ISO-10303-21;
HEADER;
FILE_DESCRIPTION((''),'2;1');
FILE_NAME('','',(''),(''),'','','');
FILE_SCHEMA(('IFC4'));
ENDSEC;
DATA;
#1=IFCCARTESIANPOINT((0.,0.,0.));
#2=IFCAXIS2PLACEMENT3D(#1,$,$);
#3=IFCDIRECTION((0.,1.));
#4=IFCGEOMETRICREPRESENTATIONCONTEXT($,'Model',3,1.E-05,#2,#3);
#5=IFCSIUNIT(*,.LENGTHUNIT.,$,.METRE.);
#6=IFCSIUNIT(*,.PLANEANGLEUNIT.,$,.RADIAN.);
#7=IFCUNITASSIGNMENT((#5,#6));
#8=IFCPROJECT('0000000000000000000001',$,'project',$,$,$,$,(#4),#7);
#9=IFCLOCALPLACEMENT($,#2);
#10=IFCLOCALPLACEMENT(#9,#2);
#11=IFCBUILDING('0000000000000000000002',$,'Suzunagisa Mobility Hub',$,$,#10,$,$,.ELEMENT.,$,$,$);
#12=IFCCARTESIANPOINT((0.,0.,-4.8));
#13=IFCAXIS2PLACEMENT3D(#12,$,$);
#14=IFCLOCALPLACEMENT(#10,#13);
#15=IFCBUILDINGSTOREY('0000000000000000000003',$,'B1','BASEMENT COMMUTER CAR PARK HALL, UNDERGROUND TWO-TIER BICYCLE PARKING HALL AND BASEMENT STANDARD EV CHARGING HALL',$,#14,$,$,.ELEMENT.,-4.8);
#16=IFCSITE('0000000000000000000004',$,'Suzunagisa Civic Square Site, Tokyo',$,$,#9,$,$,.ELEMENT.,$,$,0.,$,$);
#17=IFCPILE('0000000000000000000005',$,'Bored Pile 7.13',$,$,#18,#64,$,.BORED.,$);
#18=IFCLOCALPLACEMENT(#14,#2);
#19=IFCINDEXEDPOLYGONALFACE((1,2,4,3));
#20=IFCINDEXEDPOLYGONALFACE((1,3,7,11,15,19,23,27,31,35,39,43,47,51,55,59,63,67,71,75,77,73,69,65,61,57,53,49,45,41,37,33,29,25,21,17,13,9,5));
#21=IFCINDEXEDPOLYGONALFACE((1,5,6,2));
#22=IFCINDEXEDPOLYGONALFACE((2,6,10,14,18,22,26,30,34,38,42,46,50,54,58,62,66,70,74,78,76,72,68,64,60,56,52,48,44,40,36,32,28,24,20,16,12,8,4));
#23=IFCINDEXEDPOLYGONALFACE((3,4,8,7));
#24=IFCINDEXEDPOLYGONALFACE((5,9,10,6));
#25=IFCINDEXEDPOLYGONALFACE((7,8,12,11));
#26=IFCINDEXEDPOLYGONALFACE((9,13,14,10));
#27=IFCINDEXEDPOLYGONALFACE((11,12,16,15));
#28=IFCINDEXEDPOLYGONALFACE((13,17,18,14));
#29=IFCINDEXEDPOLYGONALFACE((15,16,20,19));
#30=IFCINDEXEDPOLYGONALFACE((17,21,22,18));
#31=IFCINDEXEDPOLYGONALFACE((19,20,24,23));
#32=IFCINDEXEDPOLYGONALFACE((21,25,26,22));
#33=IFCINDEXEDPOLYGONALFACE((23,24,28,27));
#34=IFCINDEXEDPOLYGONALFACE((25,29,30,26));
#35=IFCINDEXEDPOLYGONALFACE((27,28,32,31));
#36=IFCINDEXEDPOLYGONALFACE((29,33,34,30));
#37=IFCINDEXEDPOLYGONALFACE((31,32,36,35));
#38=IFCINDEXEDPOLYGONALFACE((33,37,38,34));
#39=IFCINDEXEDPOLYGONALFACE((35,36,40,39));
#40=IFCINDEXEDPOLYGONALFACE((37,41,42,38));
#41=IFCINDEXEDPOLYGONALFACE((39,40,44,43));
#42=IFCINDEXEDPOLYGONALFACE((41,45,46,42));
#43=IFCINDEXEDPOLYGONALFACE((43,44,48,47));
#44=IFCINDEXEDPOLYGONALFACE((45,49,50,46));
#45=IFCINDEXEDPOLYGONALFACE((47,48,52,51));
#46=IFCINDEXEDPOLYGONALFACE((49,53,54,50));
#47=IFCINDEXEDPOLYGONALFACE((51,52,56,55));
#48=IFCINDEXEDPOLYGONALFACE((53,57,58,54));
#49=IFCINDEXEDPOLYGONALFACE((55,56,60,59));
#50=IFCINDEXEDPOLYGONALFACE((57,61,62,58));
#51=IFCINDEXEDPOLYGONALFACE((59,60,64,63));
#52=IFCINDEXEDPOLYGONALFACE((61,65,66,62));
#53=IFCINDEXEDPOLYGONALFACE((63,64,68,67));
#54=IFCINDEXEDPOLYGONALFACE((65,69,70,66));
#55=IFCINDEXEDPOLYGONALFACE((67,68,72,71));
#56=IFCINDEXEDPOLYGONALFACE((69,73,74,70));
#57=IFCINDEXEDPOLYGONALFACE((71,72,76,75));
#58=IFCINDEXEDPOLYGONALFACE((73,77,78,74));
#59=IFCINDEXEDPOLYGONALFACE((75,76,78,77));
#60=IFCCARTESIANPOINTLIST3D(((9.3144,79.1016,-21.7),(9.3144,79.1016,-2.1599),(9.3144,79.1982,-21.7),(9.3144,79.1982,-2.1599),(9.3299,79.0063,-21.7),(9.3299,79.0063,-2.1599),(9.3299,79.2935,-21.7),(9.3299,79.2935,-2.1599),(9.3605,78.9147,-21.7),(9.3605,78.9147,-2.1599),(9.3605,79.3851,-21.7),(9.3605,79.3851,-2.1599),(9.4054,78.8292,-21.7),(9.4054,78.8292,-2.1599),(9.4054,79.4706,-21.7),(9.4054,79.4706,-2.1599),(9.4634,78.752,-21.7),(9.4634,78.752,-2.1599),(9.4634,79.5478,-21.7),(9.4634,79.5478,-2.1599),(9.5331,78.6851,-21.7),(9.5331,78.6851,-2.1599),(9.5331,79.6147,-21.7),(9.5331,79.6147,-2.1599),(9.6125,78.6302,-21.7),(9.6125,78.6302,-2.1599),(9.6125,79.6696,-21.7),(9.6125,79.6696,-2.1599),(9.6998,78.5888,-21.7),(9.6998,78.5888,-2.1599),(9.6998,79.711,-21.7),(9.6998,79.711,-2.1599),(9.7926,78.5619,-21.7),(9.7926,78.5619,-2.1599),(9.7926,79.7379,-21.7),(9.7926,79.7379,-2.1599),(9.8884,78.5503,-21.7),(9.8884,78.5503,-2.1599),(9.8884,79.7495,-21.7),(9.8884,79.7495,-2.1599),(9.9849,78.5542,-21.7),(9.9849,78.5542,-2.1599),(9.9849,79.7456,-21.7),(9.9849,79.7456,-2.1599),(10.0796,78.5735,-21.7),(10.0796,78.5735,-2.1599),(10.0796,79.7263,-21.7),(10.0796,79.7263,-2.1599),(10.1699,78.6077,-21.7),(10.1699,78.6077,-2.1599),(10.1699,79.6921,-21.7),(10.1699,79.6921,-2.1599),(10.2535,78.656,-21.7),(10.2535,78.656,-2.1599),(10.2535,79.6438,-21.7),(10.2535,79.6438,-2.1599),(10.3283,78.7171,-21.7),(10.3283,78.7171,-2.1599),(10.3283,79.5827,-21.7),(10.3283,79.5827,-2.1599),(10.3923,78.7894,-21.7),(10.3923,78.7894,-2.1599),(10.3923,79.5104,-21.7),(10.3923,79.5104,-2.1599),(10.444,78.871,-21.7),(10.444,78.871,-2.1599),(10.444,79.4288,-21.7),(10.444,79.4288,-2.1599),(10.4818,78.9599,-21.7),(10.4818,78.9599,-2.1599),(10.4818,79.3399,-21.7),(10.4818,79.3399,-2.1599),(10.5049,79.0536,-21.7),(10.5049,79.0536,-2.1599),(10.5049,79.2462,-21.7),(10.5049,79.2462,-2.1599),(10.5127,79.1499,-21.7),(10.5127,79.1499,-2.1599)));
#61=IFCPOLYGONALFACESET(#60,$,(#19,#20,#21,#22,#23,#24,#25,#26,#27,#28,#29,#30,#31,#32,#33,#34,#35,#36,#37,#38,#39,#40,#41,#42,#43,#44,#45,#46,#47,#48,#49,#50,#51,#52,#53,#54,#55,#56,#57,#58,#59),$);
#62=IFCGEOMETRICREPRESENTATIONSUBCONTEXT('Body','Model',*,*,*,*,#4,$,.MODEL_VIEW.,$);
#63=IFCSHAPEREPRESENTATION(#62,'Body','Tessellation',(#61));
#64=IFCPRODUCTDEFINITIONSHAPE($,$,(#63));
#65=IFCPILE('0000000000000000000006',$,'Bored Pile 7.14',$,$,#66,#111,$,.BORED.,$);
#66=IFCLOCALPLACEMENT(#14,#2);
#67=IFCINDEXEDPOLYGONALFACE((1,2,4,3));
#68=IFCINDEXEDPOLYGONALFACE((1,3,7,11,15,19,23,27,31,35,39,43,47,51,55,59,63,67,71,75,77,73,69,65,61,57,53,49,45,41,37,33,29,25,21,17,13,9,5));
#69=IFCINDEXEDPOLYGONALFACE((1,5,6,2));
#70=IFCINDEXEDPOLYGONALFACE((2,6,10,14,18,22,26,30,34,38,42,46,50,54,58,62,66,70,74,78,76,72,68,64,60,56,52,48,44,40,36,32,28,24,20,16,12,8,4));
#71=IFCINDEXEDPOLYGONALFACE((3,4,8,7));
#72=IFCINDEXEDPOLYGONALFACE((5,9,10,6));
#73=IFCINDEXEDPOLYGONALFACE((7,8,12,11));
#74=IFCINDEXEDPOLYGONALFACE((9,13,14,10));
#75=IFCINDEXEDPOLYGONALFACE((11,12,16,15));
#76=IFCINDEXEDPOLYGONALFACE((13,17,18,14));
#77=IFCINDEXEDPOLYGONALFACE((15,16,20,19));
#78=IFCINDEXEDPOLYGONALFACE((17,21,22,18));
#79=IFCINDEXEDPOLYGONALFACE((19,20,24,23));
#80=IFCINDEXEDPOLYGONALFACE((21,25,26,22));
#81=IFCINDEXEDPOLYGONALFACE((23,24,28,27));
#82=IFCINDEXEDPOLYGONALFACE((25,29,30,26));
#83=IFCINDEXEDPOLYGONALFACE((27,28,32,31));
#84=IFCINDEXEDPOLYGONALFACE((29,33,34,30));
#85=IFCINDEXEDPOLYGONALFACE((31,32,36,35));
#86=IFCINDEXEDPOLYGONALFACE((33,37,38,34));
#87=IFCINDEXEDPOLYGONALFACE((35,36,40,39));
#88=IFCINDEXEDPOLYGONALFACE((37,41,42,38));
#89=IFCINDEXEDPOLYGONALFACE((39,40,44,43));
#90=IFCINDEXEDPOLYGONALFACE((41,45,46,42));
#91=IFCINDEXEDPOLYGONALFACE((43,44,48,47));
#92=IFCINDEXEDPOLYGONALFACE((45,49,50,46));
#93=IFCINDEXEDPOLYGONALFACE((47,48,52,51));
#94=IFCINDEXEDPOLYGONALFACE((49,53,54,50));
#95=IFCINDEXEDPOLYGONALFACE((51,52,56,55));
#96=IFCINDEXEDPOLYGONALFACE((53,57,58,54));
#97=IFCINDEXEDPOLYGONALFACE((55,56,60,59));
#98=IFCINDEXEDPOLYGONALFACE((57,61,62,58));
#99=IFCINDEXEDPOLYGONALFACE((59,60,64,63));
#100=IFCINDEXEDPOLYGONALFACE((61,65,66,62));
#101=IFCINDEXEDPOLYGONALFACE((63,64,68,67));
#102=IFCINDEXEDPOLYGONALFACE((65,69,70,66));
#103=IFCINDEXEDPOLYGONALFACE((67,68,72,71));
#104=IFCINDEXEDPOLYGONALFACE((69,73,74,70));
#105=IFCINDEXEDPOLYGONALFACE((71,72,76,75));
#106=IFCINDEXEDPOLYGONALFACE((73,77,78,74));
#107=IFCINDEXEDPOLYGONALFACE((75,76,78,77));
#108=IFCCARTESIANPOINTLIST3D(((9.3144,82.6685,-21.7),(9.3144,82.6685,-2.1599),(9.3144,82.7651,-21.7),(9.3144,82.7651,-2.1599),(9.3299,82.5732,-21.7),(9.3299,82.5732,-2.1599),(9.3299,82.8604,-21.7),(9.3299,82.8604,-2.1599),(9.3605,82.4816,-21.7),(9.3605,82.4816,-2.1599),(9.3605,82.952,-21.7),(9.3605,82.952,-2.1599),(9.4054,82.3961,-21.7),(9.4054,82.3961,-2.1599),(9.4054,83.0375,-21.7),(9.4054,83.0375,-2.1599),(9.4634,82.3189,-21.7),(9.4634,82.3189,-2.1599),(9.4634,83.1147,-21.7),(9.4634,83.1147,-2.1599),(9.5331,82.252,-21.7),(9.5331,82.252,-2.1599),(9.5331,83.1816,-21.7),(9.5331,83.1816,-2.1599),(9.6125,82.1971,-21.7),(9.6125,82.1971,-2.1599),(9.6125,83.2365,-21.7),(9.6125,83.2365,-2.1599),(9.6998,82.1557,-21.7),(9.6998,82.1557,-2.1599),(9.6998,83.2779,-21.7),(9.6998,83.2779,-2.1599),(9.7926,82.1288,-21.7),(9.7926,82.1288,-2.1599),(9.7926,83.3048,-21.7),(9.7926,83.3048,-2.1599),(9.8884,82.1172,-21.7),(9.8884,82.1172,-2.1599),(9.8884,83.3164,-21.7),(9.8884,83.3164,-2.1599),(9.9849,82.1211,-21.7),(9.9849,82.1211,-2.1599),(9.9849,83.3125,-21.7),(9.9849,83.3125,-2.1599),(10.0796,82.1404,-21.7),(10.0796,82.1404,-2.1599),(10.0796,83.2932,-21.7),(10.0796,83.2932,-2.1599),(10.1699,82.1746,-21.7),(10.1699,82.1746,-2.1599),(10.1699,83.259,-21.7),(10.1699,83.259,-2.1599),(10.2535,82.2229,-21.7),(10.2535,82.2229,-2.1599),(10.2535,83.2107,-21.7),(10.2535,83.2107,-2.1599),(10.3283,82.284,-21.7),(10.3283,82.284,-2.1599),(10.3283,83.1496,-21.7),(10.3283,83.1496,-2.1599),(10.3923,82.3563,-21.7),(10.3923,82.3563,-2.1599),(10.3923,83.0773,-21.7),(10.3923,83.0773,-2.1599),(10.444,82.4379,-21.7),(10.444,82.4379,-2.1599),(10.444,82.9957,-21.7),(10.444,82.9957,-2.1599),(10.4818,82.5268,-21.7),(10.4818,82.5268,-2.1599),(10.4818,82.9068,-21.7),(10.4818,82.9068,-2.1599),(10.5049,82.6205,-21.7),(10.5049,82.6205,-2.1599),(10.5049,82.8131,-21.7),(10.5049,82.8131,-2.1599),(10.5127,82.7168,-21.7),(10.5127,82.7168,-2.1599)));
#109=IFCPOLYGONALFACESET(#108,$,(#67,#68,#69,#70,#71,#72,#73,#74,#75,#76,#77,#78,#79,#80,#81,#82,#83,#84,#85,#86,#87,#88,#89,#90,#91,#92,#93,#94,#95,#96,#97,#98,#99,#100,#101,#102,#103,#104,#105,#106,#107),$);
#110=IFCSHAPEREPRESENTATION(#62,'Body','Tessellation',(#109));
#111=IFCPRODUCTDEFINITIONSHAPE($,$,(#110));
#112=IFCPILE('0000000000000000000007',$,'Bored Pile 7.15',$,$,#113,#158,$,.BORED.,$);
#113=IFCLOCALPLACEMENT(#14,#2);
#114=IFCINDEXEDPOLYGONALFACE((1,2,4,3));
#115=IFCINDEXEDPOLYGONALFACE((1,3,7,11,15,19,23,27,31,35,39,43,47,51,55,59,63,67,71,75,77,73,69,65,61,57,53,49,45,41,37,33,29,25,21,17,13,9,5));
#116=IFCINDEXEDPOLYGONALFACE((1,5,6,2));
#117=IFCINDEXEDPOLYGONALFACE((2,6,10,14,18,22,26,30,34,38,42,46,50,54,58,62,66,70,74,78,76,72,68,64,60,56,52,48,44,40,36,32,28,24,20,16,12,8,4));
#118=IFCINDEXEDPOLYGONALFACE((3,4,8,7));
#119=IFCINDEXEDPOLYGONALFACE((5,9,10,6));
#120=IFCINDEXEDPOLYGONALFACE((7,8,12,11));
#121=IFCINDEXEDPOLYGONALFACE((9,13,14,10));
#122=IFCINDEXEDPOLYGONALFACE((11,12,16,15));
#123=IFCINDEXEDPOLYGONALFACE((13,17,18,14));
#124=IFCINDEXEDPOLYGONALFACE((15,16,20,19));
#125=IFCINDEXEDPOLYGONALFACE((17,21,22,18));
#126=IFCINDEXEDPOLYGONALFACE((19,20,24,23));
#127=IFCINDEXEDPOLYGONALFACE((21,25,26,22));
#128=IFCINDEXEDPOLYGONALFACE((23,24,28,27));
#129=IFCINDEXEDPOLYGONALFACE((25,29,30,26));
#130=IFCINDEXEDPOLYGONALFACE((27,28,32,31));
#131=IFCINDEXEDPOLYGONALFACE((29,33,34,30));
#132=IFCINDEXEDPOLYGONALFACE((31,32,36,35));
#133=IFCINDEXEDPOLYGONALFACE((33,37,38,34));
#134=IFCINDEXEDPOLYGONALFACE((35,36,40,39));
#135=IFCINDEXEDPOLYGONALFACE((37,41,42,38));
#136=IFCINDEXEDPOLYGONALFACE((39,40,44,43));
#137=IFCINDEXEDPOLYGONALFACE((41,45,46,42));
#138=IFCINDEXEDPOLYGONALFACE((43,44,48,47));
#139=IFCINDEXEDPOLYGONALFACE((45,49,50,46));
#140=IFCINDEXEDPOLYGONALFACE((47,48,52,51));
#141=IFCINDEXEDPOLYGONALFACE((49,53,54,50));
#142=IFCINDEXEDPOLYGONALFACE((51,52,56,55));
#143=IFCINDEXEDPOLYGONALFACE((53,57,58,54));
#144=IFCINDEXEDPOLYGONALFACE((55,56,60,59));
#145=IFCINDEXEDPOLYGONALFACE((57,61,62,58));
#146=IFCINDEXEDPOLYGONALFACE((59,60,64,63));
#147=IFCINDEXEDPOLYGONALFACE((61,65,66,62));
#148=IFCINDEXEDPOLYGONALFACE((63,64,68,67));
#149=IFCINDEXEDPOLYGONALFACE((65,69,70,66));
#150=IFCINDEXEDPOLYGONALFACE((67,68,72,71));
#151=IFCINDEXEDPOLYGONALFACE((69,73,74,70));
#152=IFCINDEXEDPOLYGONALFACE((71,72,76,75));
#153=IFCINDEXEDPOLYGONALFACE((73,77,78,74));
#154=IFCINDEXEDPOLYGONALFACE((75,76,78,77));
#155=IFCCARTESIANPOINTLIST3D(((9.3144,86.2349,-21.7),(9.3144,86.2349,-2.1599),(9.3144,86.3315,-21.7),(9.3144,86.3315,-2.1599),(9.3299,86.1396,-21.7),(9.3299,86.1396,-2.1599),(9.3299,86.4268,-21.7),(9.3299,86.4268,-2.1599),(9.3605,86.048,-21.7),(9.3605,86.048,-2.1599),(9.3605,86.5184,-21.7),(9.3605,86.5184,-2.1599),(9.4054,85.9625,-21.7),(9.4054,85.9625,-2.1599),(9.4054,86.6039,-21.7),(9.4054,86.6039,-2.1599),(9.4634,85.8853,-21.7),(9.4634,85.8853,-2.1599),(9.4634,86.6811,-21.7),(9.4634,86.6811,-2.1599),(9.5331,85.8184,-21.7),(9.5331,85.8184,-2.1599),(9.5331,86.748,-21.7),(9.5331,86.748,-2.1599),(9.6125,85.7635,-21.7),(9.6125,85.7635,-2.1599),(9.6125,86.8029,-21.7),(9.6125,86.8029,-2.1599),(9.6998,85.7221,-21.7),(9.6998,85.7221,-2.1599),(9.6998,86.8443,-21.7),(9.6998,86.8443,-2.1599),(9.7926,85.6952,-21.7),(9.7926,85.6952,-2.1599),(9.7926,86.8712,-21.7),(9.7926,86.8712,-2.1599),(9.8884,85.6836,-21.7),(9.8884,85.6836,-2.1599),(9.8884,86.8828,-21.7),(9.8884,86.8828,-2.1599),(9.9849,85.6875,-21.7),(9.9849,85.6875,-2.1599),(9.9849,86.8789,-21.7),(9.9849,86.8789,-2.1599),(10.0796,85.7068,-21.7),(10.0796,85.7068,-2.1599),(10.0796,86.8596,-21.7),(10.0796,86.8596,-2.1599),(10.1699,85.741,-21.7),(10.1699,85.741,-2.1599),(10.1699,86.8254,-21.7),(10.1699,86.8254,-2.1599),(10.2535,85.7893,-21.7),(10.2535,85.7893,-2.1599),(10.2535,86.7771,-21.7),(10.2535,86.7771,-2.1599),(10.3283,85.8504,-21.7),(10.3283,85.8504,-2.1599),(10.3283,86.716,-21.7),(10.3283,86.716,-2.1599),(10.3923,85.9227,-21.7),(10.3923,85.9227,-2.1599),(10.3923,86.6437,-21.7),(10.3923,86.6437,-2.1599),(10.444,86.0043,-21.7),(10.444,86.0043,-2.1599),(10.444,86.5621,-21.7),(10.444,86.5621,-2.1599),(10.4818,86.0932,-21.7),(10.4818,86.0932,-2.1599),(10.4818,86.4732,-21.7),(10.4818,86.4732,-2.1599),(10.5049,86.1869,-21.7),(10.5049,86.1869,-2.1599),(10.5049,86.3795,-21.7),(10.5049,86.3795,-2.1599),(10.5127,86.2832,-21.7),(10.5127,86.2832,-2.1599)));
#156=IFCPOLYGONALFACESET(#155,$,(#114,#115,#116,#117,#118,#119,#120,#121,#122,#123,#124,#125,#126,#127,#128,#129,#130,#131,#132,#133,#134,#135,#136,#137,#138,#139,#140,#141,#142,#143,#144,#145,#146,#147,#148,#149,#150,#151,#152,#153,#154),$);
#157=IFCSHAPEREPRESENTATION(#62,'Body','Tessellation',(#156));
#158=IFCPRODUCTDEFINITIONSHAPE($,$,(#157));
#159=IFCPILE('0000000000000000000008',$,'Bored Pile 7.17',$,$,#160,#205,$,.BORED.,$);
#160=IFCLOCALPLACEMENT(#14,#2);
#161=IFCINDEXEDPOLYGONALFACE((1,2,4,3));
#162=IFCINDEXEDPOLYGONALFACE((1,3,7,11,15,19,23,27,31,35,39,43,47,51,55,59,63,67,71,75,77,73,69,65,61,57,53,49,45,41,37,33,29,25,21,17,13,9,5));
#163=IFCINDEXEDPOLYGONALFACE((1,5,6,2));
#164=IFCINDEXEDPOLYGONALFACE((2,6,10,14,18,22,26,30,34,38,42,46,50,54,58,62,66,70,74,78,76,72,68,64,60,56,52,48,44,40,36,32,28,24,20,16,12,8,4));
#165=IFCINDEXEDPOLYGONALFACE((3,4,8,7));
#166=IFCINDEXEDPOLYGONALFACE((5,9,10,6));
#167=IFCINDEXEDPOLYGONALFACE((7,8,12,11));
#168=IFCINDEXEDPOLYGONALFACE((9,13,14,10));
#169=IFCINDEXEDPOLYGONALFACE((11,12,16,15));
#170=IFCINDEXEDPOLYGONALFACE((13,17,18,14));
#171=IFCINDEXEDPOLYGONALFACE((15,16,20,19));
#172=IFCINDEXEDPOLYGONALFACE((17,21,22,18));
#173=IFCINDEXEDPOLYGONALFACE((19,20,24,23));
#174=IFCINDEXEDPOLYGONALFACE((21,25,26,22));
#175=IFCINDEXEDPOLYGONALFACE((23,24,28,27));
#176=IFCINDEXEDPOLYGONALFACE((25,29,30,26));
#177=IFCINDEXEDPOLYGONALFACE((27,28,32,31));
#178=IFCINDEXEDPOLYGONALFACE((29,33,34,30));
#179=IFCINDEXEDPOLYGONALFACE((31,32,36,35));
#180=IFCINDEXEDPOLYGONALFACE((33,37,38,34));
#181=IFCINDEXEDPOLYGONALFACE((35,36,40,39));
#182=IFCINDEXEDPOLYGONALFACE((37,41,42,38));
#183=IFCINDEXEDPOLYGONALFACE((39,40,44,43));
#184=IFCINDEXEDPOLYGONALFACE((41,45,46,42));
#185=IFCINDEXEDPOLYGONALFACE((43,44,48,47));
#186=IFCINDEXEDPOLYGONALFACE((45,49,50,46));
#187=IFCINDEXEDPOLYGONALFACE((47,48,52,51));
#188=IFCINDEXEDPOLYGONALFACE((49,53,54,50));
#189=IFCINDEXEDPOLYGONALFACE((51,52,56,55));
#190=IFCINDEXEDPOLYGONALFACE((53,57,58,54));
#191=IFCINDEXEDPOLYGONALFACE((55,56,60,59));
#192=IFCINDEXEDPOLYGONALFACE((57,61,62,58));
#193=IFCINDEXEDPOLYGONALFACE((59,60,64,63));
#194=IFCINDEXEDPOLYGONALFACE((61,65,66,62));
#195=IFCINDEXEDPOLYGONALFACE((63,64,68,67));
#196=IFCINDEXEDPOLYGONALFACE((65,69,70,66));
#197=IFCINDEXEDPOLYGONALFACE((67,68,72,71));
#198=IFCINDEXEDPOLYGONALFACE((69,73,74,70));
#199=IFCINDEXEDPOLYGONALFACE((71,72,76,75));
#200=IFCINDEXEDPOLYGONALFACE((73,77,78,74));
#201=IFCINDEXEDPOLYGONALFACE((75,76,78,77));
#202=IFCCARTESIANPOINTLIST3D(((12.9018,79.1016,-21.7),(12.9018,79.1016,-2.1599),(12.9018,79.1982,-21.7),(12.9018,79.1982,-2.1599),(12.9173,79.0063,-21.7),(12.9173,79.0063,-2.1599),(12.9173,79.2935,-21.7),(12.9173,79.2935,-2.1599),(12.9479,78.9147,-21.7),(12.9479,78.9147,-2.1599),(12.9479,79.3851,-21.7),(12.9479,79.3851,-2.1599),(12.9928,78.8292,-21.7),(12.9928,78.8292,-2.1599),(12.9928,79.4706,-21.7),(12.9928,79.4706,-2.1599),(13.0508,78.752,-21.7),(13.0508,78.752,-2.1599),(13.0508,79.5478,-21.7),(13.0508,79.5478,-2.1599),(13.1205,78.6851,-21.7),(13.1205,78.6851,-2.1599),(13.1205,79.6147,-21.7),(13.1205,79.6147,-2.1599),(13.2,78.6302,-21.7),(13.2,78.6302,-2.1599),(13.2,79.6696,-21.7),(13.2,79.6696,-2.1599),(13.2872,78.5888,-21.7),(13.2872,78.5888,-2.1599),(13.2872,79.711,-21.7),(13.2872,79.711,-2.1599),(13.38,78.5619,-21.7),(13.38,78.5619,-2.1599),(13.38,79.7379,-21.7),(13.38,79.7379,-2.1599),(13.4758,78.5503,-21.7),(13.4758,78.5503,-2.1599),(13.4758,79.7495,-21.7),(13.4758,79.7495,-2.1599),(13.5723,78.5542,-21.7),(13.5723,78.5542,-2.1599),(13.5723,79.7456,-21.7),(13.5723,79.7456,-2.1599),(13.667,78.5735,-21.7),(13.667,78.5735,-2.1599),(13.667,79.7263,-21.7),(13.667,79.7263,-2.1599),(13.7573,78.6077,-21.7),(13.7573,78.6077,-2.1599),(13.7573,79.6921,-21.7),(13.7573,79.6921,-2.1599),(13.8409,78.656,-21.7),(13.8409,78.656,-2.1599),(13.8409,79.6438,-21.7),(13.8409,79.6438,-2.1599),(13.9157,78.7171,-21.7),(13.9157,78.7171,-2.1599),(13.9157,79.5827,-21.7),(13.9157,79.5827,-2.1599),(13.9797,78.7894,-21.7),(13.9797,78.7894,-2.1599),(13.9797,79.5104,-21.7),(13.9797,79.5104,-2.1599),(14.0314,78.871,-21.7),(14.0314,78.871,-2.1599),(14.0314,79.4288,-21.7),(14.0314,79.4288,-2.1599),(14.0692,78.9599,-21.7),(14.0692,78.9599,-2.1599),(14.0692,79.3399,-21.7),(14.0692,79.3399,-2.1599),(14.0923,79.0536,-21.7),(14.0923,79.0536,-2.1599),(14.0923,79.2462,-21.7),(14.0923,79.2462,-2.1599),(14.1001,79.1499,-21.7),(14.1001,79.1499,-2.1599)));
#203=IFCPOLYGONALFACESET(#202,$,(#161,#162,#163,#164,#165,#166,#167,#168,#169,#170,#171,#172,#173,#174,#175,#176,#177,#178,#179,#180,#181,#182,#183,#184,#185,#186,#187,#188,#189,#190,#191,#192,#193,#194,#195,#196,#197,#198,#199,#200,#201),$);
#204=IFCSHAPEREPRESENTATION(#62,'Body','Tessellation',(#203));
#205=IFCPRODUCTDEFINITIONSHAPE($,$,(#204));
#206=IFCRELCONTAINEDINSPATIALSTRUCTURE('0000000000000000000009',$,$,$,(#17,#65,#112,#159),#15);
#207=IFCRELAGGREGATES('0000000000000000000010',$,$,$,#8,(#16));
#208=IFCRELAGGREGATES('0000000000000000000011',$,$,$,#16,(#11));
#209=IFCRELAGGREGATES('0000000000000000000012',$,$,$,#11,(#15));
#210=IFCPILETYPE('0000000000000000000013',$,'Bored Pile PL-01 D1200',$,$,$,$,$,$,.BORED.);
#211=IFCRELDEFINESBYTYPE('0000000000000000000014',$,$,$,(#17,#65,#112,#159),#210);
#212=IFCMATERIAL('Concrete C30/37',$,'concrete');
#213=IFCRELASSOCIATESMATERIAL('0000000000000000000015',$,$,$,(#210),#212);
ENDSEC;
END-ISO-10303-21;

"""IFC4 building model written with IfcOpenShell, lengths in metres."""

from ifc_helpers import new_model, si_unit, direction, frame, origin, origin_2d, place, context, subcontext, project, spatial, circle, extrude, material, material_profile, profile_set, type_object, element, save


model = new_model("IFC4")

# Units and contexts
model_context = context("Model", 3, precision=1e-05, world=origin(), true_north=direction((0.0, 1.0)))
body_context = subcontext(model_context, "Body", "Model", "MODEL_VIEW")
ifc_project = project(units=[si_unit("LENGTHUNIT", "METRE"), si_unit("PLANEANGLEUNIT", "RADIAN")], contexts=[model_context])

# Site, building, storey
site_placement = place(None, origin())
site = spatial("IfcSite", under=ifc_project, at=site_placement, Name="Suzunagisa Civic Square Site, Tokyo", CompositionType="ELEMENT", RefElevation=0.0)
building_placement = place(site_placement, origin())
building = spatial("IfcBuilding", under=site, at=building_placement, Name="Suzunagisa Mobility Hub", CompositionType="ELEMENT")
storey_placement = place(building_placement, frame((0.0, 0.0, -4.8)))
storey = spatial("IfcBuildingStorey", under=building, at=storey_placement, Name="B1", Description="BASEMENT COMMUTER CAR PARK HALL, UNDERGROUND TWO-TIER BICYCLE PARKING HALL AND BASEMENT STANDARD EV CHARGING HALL", CompositionType="ELEMENT", Elevation=-4.8)

# Piles
ifc_material_1 = material(Name="Concrete C30/37", Category="concrete")
ifc_material_profile_1 = material_profile(ifc_material_1, circle(Radius=0.6001, at=origin_2d()), Name="BORED PILE D1200")
ifc_profile_set_1 = profile_set([ifc_material_profile_1], Name="Concrete C30/37")
pile_type_1 = type_object("IfcPileType", Name="Bored Pile PL-01 D1200", PredefinedType="BORED", material=ifc_profile_set_1)
for number, where, z_axis, x_axis, name in (
    (1, (9.9126, 79.1499, -2.1599), (0.0, 0.0, -1.0), (1.0, 0.0, 0.0), "Bored Pile 7.13"),
    (2, (9.9126, 82.7168, -2.1599), (0.0, 0.0, -1.0), (1.0, 0.0, 0.0), "Bored Pile 7.14"),
    (3, (9.9126, 86.2832, -2.1599), (0.0, 0.0, -1.0), (1.0, 0.0, 0.0), "Bored Pile 7.15"),
    (4, (13.5, 79.1499, -2.1599), (0.0, 0.0, -1.0), (1.0, 0.0, 0.0), "Bored Pile 7.17"),
):
    element("IfcPile", number, at=place(storey_placement, frame(where, z_axis=z_axis, x_axis=x_axis)), inside=storey, type_object=pile_type_1, Name=name, PredefinedType="BORED", context=body_context, shape_type="SweptSolid", body=[
        extrude(circle(Radius=0.6001, at=origin_2d()), origin(), (0.0, 0.0, 1.0), 19.54),
    ])

save(model, "model.ifc")
